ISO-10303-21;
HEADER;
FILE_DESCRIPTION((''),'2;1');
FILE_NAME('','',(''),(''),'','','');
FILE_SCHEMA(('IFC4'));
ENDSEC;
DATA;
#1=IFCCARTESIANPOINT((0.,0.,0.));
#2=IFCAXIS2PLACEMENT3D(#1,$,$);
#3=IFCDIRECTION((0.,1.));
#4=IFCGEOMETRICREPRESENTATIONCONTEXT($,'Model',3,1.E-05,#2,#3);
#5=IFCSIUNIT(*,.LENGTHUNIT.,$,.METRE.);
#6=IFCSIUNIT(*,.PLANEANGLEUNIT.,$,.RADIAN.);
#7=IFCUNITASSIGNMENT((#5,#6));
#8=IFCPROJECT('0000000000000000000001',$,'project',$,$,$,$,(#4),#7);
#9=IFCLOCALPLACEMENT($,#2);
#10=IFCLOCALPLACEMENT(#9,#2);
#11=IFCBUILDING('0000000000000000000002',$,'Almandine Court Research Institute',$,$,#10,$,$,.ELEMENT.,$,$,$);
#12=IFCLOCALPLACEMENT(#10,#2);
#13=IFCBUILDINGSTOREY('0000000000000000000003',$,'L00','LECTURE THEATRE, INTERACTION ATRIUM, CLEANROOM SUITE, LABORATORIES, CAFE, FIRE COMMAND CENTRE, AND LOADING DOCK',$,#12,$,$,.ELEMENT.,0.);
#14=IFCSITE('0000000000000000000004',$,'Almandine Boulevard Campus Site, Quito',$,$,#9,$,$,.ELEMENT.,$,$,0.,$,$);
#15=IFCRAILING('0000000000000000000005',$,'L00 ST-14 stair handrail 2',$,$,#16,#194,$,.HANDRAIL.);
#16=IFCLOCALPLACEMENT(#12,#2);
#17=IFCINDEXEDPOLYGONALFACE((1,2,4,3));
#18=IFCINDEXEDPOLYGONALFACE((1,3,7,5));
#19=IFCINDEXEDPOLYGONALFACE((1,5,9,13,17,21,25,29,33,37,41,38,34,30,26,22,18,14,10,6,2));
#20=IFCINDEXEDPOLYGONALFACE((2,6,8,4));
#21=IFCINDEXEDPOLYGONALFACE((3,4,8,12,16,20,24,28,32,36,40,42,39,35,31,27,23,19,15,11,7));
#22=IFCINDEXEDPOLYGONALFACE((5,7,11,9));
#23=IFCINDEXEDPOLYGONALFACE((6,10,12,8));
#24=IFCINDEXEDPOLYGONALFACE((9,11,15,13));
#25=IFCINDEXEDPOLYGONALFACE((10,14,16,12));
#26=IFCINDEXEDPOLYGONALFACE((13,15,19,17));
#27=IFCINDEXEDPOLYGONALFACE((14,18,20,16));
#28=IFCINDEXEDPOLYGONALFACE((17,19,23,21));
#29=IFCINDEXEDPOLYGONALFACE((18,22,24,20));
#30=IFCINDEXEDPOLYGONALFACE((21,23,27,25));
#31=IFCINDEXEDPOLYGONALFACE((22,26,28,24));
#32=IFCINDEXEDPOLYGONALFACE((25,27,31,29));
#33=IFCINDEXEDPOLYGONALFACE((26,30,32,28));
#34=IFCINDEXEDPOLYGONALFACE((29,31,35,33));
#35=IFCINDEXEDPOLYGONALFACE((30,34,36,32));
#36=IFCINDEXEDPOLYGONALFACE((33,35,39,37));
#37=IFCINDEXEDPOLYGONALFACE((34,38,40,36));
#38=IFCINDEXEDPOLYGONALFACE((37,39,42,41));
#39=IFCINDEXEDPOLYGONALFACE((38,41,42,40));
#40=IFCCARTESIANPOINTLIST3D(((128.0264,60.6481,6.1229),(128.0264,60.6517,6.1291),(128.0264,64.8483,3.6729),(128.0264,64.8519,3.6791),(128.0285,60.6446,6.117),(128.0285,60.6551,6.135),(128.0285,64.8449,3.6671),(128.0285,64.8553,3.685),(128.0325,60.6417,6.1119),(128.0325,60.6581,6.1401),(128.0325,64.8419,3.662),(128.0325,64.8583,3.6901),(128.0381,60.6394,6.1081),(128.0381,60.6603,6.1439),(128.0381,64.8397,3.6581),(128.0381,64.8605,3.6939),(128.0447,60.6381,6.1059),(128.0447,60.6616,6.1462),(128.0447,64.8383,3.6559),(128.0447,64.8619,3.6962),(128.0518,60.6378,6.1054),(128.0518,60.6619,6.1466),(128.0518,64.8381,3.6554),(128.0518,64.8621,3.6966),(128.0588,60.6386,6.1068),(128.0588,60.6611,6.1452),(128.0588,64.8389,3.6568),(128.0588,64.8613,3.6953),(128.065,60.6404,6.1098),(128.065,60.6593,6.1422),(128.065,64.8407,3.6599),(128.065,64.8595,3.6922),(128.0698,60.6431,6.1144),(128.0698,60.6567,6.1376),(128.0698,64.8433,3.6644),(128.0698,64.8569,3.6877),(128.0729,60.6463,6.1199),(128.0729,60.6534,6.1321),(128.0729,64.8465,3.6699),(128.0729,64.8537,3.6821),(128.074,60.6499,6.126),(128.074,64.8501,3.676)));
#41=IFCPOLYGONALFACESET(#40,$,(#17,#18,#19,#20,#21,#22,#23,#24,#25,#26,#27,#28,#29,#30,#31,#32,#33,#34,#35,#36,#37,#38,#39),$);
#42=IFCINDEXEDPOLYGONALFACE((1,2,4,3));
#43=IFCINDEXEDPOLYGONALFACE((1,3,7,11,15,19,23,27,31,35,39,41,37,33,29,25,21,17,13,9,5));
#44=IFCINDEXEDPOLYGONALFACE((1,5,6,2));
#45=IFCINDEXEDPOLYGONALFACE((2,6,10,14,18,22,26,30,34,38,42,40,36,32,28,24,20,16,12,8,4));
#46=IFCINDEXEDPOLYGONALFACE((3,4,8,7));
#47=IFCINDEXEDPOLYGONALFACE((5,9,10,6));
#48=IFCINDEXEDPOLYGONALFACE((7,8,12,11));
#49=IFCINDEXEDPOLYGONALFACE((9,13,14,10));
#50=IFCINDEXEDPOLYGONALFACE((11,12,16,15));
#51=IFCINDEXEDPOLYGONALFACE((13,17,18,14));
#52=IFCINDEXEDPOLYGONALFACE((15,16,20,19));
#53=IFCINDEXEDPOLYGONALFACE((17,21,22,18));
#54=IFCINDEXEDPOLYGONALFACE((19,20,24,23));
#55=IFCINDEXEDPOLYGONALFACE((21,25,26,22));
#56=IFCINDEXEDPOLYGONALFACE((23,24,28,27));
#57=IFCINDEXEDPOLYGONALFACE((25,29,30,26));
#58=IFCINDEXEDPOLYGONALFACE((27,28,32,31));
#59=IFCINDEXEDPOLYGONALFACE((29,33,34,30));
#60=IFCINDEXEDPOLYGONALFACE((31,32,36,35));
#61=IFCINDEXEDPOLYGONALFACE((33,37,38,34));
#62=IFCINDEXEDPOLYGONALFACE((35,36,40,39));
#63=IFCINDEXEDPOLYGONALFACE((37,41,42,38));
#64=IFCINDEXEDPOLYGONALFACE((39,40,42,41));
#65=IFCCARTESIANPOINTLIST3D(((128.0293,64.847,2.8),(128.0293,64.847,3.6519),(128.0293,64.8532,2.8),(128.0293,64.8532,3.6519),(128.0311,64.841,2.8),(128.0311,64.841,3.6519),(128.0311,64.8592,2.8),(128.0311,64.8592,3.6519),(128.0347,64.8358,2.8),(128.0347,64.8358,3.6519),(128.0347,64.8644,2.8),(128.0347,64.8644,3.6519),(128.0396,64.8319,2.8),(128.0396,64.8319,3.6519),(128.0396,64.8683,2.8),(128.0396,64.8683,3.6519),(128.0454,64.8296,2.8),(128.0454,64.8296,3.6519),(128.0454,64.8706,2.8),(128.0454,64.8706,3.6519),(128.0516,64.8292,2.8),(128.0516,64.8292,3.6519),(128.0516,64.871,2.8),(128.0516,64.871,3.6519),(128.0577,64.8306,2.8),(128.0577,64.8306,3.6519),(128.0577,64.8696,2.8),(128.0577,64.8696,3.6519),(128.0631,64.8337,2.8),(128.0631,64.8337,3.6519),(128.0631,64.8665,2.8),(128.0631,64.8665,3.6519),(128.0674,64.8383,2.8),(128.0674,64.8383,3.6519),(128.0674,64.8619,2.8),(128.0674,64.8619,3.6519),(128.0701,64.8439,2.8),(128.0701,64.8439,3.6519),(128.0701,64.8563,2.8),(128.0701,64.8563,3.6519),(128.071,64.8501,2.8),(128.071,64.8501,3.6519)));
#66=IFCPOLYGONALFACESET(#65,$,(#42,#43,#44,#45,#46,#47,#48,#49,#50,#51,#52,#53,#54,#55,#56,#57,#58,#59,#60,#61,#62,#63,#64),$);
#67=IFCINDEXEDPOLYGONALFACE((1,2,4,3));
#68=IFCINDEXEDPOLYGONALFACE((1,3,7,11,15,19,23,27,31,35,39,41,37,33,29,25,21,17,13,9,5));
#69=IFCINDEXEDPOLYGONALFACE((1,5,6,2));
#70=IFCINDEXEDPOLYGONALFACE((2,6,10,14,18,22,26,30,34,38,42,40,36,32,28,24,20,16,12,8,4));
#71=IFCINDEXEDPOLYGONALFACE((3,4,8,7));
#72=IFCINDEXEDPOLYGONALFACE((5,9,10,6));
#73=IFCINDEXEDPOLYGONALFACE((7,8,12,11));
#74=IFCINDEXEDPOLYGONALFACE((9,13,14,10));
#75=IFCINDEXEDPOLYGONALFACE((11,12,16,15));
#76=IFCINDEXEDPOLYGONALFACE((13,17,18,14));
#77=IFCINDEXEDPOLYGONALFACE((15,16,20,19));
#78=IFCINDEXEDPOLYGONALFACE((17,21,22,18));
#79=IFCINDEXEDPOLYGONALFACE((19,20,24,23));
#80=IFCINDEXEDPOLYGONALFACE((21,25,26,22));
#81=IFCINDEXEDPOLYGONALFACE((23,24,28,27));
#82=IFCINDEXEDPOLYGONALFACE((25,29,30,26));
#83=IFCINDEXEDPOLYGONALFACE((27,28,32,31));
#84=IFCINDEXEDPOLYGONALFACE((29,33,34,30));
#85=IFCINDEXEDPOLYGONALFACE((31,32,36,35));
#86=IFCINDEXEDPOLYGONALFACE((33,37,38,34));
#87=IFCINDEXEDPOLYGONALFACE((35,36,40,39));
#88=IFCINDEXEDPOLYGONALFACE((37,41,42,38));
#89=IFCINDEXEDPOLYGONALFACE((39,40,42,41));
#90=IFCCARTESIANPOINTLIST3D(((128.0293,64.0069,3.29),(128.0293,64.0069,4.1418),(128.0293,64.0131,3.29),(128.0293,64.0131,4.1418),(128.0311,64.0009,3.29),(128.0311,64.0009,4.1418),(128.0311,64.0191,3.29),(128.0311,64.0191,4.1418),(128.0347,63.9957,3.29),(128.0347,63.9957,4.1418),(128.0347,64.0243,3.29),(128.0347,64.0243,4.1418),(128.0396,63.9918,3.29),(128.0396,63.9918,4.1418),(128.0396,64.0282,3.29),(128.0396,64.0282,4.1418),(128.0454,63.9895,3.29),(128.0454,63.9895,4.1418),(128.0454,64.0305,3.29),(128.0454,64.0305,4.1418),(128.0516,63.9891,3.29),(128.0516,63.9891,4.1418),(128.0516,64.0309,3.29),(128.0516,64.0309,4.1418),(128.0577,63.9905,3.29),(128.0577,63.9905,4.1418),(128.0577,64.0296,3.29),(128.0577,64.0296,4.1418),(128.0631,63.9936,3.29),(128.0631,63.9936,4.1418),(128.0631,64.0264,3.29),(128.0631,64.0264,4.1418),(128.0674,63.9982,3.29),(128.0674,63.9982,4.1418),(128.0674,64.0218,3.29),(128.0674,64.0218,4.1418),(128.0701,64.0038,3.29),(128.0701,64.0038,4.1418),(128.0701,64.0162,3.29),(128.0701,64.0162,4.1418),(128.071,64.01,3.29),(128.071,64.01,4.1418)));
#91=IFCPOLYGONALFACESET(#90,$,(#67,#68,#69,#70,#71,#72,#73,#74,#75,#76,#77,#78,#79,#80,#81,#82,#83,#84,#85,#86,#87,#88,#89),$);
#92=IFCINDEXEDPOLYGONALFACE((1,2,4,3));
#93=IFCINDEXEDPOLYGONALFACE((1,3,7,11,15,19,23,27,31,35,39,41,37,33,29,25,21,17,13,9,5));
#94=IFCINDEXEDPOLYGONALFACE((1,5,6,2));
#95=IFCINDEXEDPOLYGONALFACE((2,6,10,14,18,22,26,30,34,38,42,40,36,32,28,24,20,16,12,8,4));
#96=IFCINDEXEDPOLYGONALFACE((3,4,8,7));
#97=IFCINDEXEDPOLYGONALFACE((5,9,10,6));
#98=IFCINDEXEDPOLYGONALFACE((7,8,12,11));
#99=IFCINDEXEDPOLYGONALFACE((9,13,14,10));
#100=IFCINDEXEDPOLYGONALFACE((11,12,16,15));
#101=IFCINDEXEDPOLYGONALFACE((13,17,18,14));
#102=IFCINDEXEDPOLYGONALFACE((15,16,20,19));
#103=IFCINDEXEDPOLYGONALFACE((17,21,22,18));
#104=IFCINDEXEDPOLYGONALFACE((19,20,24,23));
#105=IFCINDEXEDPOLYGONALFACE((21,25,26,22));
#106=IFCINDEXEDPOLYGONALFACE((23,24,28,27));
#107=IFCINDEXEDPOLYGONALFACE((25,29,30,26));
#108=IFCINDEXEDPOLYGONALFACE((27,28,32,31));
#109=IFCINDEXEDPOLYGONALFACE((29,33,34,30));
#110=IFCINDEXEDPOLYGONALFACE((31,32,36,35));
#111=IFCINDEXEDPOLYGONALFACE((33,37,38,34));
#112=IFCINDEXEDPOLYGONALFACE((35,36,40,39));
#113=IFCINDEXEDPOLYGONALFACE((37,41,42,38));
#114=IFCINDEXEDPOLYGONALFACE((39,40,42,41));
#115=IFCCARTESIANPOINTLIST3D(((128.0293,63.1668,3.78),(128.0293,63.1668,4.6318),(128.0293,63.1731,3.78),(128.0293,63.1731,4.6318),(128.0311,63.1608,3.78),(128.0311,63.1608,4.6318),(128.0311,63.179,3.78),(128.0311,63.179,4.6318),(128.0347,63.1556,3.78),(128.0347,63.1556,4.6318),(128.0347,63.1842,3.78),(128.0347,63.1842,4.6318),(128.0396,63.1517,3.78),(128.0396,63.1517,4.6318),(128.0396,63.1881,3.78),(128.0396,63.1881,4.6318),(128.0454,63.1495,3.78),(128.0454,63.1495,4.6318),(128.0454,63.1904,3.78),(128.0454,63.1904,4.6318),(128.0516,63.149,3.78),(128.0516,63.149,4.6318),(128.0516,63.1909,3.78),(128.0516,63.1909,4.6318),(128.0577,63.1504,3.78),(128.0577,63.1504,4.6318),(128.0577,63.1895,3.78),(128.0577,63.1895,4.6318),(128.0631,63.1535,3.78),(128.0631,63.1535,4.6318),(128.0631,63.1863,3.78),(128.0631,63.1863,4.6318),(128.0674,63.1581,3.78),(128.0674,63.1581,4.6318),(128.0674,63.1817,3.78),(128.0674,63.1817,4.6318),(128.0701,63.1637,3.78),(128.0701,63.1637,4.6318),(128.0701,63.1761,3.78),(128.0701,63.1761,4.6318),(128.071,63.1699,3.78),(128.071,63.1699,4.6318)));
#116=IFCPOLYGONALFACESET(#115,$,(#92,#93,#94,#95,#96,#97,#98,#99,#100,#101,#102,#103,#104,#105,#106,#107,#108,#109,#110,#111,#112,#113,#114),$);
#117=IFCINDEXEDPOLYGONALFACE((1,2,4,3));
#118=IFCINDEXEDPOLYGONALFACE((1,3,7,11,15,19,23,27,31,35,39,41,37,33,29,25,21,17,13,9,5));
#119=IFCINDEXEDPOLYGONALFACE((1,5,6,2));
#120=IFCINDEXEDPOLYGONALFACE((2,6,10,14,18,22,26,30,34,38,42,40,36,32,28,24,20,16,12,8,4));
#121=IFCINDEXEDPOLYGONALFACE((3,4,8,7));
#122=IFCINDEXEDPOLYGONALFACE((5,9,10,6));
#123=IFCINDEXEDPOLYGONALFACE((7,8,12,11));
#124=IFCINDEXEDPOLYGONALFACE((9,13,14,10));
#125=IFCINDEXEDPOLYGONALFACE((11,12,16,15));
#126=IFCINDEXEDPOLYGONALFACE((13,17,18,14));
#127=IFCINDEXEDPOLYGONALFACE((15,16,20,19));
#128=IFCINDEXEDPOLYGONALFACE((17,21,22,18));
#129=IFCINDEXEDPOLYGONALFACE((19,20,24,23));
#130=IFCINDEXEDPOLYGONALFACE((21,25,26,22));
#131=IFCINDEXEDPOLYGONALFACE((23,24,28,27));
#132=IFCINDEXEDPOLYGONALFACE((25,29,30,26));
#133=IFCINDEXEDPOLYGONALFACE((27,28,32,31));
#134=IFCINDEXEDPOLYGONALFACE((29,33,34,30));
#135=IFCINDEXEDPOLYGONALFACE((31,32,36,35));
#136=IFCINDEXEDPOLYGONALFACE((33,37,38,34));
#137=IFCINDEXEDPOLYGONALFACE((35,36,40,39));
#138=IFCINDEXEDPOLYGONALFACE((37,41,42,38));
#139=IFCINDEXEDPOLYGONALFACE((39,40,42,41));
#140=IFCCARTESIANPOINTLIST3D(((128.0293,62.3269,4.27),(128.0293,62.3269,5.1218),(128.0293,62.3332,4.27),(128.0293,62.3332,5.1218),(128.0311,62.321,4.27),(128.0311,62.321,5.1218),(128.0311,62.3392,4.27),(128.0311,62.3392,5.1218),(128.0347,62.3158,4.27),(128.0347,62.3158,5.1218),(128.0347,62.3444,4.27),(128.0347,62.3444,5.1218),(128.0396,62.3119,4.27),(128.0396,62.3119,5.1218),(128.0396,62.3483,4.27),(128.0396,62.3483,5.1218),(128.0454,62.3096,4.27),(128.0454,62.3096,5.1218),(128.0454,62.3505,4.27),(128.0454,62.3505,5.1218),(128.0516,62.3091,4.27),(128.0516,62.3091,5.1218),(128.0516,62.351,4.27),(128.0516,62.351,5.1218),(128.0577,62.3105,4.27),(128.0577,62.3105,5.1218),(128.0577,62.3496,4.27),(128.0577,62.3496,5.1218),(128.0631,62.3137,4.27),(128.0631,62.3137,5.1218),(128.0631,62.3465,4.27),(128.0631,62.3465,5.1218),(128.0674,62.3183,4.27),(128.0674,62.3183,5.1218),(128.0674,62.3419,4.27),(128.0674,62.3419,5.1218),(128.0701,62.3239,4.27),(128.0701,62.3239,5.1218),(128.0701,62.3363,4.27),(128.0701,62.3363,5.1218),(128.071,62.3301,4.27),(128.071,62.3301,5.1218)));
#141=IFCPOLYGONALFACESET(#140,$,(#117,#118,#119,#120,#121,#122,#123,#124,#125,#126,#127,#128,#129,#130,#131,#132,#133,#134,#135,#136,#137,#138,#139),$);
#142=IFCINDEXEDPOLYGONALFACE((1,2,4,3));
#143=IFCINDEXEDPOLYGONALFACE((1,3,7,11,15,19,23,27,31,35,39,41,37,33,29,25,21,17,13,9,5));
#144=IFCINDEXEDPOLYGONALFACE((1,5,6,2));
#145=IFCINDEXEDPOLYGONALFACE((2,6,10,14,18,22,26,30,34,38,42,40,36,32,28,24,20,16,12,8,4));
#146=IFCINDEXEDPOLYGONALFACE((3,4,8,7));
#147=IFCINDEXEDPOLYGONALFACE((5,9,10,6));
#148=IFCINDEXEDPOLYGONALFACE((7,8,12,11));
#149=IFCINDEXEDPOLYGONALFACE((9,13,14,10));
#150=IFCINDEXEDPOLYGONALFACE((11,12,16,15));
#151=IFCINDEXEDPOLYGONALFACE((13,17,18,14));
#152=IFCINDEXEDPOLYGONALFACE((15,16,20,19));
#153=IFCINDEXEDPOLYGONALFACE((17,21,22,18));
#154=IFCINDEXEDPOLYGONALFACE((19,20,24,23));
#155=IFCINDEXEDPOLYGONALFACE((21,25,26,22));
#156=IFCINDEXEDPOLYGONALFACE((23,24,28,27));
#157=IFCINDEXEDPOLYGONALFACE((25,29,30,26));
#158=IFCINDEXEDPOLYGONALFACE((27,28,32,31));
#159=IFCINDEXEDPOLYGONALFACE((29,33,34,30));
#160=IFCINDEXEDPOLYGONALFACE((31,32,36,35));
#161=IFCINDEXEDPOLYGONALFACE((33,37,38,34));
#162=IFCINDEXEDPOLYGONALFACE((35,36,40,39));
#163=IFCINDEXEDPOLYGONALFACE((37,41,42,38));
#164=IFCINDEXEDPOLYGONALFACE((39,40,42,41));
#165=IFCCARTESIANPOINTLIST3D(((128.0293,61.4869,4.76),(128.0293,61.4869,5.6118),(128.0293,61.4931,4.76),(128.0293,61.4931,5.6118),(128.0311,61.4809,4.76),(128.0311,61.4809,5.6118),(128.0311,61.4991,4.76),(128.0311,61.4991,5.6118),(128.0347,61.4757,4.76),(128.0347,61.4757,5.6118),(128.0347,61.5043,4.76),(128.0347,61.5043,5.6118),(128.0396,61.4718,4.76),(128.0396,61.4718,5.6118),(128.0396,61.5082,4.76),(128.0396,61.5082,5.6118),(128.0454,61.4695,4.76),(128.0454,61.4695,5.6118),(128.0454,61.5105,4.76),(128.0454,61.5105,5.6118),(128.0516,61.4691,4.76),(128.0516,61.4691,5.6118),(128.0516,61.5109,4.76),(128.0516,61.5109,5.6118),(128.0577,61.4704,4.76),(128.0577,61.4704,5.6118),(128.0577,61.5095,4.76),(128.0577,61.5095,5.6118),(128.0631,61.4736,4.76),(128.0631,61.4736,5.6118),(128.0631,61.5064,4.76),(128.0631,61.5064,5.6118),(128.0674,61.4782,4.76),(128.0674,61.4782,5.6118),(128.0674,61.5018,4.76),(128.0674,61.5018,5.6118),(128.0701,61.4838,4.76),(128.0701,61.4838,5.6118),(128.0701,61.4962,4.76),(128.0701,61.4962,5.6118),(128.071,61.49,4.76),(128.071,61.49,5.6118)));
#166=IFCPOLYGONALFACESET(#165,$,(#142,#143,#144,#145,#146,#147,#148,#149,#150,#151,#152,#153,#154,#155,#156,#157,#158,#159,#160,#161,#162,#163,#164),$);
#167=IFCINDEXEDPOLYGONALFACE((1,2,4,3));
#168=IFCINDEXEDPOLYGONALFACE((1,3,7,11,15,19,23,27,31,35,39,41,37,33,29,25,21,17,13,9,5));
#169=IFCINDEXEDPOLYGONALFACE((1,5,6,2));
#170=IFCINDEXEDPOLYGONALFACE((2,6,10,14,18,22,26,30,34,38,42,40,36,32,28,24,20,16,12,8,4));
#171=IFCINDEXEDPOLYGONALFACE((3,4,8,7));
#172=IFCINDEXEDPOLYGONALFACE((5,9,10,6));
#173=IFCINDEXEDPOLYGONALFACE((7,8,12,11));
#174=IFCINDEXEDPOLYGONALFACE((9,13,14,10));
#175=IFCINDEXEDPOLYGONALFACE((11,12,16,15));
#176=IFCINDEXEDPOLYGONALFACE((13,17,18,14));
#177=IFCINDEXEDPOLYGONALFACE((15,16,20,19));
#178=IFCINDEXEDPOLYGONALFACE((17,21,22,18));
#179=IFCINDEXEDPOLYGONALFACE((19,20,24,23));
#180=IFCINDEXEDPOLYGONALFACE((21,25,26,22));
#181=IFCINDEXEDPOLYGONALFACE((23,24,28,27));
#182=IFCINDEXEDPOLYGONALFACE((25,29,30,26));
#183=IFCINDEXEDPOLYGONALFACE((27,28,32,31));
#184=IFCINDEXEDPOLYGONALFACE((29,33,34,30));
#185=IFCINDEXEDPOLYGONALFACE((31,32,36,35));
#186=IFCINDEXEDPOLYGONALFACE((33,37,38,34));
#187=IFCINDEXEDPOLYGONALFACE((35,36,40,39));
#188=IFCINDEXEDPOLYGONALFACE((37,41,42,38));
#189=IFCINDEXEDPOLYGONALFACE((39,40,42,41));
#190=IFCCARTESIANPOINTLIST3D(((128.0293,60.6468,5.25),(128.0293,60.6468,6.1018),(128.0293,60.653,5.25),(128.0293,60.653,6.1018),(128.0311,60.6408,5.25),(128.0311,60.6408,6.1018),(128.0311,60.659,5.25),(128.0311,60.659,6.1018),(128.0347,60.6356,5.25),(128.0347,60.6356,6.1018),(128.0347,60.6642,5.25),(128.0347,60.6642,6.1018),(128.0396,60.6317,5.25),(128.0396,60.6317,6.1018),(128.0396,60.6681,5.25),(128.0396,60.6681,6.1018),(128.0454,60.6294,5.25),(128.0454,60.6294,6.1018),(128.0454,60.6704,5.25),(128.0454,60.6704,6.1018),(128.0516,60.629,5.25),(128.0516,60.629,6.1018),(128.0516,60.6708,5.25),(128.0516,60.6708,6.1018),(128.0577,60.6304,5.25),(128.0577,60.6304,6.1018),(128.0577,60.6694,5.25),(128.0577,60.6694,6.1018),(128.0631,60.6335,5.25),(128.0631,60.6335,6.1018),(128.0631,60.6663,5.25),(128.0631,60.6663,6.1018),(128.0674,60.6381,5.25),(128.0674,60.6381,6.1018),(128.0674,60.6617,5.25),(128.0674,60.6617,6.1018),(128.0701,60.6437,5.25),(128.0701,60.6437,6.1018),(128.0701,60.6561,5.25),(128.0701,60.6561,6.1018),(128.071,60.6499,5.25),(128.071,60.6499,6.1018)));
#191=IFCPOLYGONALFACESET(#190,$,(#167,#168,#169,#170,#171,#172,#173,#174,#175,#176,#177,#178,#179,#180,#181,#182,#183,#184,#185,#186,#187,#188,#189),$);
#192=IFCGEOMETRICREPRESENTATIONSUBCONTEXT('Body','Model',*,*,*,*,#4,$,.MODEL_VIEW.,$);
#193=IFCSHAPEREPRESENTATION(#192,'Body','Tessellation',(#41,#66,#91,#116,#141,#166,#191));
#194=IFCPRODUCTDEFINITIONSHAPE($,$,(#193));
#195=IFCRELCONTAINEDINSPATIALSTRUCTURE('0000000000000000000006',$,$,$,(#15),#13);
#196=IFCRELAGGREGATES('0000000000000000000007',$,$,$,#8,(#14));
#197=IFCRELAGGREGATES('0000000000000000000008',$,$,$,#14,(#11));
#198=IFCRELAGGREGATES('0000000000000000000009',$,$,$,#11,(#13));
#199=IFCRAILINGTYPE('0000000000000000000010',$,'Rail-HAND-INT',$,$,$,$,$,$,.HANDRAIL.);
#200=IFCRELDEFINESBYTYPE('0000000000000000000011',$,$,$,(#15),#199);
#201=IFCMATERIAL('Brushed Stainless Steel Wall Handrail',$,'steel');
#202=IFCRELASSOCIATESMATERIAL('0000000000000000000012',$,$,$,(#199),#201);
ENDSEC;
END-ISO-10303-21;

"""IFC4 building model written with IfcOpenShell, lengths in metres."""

from ifc_helpers import new_model, si_unit, direction, frame, origin, origin_2d, place, context, subcontext, project, spatial, circle, extrude, material, type_object, element, save


model = new_model("IFC4")

# Units and contexts
model_context = context("Model", 3, precision=1e-05, world=origin(), true_north=direction((0.0, 1.0)))
body_context = subcontext(model_context, "Body", "Model", "MODEL_VIEW")
ifc_project = project(units=[si_unit("LENGTHUNIT", "METRE"), si_unit("PLANEANGLEUNIT", "RADIAN")], contexts=[model_context])

# Site, building, storey
site_placement = place(None, origin())
site = spatial("IfcSite", under=ifc_project, at=site_placement, Name="Almandine Boulevard Campus Site, Quito", CompositionType="ELEMENT", RefElevation=0.0)
building_placement = place(site_placement, origin())
building = spatial("IfcBuilding", under=site, at=building_placement, Name="Almandine Court Research Institute", CompositionType="ELEMENT")
storey_placement = place(building_placement, origin())
storey = spatial("IfcBuildingStorey", under=building, at=storey_placement, Name="L00", Description="LECTURE THEATRE, INTERACTION ATRIUM, CLEANROOM SUITE, LABORATORIES, CAFE, FIRE COMMAND CENTRE, AND LOADING DOCK", CompositionType="ELEMENT", Elevation=0.0)

# Railing
ifc_material_1 = material(Name="Brushed Stainless Steel Wall Handrail", Category="steel")
railing_type_1 = type_object("IfcRailingType", Name="Rail-HAND-INT", PredefinedType="HANDRAIL", material=ifc_material_1)
railing_1_placement = place(storey_placement, frame((128.05, 64.8501, 2.8)))
element("IfcRailing", 1, at=railing_1_placement, inside=storey, type_object=railing_type_1, Name="L00 ST-14 stair handrail 2", PredefinedType="HANDRAIL", context=body_context, shape_type="SweptSolid", body=[
    extrude(circle(Radius=0.0239, at=origin_2d()), frame((0.0, 0.0, 0.876), z_axis=(0.0, -0.863793, 0.503846), x_axis=(1.0, 0.0, 0.0)), (0.0, 0.0, 1.0), 4.8625),
    extrude(circle(Radius=0.021, at=origin_2d()), origin(), (0.0, 0.0, 1.0), 0.8518),
    extrude(circle(Radius=0.021, at=origin_2d()), frame((0.0, -0.8401, 0.49)), (0.0, 0.0, 1.0), 0.8518),
    extrude(circle(Radius=0.021, at=origin_2d()), frame((0.0, -1.6802, 0.98)), (0.0, 0.0, 1.0), 0.8518),
    extrude(circle(Radius=0.021, at=origin_2d()), frame((0.0, -2.52, 1.47)), (0.0, 0.0, 1.0), 0.8518),
    extrude(circle(Radius=0.021, at=origin_2d()), frame((0.0, -3.3601, 1.96)), (0.0, 0.0, 1.0), 0.8518),
    extrude(circle(Radius=0.021, at=origin_2d()), frame((0.0, -4.2002, 2.45)), (0.0, 0.0, 1.0), 0.8518),
])

save(model, "model.ifc")
